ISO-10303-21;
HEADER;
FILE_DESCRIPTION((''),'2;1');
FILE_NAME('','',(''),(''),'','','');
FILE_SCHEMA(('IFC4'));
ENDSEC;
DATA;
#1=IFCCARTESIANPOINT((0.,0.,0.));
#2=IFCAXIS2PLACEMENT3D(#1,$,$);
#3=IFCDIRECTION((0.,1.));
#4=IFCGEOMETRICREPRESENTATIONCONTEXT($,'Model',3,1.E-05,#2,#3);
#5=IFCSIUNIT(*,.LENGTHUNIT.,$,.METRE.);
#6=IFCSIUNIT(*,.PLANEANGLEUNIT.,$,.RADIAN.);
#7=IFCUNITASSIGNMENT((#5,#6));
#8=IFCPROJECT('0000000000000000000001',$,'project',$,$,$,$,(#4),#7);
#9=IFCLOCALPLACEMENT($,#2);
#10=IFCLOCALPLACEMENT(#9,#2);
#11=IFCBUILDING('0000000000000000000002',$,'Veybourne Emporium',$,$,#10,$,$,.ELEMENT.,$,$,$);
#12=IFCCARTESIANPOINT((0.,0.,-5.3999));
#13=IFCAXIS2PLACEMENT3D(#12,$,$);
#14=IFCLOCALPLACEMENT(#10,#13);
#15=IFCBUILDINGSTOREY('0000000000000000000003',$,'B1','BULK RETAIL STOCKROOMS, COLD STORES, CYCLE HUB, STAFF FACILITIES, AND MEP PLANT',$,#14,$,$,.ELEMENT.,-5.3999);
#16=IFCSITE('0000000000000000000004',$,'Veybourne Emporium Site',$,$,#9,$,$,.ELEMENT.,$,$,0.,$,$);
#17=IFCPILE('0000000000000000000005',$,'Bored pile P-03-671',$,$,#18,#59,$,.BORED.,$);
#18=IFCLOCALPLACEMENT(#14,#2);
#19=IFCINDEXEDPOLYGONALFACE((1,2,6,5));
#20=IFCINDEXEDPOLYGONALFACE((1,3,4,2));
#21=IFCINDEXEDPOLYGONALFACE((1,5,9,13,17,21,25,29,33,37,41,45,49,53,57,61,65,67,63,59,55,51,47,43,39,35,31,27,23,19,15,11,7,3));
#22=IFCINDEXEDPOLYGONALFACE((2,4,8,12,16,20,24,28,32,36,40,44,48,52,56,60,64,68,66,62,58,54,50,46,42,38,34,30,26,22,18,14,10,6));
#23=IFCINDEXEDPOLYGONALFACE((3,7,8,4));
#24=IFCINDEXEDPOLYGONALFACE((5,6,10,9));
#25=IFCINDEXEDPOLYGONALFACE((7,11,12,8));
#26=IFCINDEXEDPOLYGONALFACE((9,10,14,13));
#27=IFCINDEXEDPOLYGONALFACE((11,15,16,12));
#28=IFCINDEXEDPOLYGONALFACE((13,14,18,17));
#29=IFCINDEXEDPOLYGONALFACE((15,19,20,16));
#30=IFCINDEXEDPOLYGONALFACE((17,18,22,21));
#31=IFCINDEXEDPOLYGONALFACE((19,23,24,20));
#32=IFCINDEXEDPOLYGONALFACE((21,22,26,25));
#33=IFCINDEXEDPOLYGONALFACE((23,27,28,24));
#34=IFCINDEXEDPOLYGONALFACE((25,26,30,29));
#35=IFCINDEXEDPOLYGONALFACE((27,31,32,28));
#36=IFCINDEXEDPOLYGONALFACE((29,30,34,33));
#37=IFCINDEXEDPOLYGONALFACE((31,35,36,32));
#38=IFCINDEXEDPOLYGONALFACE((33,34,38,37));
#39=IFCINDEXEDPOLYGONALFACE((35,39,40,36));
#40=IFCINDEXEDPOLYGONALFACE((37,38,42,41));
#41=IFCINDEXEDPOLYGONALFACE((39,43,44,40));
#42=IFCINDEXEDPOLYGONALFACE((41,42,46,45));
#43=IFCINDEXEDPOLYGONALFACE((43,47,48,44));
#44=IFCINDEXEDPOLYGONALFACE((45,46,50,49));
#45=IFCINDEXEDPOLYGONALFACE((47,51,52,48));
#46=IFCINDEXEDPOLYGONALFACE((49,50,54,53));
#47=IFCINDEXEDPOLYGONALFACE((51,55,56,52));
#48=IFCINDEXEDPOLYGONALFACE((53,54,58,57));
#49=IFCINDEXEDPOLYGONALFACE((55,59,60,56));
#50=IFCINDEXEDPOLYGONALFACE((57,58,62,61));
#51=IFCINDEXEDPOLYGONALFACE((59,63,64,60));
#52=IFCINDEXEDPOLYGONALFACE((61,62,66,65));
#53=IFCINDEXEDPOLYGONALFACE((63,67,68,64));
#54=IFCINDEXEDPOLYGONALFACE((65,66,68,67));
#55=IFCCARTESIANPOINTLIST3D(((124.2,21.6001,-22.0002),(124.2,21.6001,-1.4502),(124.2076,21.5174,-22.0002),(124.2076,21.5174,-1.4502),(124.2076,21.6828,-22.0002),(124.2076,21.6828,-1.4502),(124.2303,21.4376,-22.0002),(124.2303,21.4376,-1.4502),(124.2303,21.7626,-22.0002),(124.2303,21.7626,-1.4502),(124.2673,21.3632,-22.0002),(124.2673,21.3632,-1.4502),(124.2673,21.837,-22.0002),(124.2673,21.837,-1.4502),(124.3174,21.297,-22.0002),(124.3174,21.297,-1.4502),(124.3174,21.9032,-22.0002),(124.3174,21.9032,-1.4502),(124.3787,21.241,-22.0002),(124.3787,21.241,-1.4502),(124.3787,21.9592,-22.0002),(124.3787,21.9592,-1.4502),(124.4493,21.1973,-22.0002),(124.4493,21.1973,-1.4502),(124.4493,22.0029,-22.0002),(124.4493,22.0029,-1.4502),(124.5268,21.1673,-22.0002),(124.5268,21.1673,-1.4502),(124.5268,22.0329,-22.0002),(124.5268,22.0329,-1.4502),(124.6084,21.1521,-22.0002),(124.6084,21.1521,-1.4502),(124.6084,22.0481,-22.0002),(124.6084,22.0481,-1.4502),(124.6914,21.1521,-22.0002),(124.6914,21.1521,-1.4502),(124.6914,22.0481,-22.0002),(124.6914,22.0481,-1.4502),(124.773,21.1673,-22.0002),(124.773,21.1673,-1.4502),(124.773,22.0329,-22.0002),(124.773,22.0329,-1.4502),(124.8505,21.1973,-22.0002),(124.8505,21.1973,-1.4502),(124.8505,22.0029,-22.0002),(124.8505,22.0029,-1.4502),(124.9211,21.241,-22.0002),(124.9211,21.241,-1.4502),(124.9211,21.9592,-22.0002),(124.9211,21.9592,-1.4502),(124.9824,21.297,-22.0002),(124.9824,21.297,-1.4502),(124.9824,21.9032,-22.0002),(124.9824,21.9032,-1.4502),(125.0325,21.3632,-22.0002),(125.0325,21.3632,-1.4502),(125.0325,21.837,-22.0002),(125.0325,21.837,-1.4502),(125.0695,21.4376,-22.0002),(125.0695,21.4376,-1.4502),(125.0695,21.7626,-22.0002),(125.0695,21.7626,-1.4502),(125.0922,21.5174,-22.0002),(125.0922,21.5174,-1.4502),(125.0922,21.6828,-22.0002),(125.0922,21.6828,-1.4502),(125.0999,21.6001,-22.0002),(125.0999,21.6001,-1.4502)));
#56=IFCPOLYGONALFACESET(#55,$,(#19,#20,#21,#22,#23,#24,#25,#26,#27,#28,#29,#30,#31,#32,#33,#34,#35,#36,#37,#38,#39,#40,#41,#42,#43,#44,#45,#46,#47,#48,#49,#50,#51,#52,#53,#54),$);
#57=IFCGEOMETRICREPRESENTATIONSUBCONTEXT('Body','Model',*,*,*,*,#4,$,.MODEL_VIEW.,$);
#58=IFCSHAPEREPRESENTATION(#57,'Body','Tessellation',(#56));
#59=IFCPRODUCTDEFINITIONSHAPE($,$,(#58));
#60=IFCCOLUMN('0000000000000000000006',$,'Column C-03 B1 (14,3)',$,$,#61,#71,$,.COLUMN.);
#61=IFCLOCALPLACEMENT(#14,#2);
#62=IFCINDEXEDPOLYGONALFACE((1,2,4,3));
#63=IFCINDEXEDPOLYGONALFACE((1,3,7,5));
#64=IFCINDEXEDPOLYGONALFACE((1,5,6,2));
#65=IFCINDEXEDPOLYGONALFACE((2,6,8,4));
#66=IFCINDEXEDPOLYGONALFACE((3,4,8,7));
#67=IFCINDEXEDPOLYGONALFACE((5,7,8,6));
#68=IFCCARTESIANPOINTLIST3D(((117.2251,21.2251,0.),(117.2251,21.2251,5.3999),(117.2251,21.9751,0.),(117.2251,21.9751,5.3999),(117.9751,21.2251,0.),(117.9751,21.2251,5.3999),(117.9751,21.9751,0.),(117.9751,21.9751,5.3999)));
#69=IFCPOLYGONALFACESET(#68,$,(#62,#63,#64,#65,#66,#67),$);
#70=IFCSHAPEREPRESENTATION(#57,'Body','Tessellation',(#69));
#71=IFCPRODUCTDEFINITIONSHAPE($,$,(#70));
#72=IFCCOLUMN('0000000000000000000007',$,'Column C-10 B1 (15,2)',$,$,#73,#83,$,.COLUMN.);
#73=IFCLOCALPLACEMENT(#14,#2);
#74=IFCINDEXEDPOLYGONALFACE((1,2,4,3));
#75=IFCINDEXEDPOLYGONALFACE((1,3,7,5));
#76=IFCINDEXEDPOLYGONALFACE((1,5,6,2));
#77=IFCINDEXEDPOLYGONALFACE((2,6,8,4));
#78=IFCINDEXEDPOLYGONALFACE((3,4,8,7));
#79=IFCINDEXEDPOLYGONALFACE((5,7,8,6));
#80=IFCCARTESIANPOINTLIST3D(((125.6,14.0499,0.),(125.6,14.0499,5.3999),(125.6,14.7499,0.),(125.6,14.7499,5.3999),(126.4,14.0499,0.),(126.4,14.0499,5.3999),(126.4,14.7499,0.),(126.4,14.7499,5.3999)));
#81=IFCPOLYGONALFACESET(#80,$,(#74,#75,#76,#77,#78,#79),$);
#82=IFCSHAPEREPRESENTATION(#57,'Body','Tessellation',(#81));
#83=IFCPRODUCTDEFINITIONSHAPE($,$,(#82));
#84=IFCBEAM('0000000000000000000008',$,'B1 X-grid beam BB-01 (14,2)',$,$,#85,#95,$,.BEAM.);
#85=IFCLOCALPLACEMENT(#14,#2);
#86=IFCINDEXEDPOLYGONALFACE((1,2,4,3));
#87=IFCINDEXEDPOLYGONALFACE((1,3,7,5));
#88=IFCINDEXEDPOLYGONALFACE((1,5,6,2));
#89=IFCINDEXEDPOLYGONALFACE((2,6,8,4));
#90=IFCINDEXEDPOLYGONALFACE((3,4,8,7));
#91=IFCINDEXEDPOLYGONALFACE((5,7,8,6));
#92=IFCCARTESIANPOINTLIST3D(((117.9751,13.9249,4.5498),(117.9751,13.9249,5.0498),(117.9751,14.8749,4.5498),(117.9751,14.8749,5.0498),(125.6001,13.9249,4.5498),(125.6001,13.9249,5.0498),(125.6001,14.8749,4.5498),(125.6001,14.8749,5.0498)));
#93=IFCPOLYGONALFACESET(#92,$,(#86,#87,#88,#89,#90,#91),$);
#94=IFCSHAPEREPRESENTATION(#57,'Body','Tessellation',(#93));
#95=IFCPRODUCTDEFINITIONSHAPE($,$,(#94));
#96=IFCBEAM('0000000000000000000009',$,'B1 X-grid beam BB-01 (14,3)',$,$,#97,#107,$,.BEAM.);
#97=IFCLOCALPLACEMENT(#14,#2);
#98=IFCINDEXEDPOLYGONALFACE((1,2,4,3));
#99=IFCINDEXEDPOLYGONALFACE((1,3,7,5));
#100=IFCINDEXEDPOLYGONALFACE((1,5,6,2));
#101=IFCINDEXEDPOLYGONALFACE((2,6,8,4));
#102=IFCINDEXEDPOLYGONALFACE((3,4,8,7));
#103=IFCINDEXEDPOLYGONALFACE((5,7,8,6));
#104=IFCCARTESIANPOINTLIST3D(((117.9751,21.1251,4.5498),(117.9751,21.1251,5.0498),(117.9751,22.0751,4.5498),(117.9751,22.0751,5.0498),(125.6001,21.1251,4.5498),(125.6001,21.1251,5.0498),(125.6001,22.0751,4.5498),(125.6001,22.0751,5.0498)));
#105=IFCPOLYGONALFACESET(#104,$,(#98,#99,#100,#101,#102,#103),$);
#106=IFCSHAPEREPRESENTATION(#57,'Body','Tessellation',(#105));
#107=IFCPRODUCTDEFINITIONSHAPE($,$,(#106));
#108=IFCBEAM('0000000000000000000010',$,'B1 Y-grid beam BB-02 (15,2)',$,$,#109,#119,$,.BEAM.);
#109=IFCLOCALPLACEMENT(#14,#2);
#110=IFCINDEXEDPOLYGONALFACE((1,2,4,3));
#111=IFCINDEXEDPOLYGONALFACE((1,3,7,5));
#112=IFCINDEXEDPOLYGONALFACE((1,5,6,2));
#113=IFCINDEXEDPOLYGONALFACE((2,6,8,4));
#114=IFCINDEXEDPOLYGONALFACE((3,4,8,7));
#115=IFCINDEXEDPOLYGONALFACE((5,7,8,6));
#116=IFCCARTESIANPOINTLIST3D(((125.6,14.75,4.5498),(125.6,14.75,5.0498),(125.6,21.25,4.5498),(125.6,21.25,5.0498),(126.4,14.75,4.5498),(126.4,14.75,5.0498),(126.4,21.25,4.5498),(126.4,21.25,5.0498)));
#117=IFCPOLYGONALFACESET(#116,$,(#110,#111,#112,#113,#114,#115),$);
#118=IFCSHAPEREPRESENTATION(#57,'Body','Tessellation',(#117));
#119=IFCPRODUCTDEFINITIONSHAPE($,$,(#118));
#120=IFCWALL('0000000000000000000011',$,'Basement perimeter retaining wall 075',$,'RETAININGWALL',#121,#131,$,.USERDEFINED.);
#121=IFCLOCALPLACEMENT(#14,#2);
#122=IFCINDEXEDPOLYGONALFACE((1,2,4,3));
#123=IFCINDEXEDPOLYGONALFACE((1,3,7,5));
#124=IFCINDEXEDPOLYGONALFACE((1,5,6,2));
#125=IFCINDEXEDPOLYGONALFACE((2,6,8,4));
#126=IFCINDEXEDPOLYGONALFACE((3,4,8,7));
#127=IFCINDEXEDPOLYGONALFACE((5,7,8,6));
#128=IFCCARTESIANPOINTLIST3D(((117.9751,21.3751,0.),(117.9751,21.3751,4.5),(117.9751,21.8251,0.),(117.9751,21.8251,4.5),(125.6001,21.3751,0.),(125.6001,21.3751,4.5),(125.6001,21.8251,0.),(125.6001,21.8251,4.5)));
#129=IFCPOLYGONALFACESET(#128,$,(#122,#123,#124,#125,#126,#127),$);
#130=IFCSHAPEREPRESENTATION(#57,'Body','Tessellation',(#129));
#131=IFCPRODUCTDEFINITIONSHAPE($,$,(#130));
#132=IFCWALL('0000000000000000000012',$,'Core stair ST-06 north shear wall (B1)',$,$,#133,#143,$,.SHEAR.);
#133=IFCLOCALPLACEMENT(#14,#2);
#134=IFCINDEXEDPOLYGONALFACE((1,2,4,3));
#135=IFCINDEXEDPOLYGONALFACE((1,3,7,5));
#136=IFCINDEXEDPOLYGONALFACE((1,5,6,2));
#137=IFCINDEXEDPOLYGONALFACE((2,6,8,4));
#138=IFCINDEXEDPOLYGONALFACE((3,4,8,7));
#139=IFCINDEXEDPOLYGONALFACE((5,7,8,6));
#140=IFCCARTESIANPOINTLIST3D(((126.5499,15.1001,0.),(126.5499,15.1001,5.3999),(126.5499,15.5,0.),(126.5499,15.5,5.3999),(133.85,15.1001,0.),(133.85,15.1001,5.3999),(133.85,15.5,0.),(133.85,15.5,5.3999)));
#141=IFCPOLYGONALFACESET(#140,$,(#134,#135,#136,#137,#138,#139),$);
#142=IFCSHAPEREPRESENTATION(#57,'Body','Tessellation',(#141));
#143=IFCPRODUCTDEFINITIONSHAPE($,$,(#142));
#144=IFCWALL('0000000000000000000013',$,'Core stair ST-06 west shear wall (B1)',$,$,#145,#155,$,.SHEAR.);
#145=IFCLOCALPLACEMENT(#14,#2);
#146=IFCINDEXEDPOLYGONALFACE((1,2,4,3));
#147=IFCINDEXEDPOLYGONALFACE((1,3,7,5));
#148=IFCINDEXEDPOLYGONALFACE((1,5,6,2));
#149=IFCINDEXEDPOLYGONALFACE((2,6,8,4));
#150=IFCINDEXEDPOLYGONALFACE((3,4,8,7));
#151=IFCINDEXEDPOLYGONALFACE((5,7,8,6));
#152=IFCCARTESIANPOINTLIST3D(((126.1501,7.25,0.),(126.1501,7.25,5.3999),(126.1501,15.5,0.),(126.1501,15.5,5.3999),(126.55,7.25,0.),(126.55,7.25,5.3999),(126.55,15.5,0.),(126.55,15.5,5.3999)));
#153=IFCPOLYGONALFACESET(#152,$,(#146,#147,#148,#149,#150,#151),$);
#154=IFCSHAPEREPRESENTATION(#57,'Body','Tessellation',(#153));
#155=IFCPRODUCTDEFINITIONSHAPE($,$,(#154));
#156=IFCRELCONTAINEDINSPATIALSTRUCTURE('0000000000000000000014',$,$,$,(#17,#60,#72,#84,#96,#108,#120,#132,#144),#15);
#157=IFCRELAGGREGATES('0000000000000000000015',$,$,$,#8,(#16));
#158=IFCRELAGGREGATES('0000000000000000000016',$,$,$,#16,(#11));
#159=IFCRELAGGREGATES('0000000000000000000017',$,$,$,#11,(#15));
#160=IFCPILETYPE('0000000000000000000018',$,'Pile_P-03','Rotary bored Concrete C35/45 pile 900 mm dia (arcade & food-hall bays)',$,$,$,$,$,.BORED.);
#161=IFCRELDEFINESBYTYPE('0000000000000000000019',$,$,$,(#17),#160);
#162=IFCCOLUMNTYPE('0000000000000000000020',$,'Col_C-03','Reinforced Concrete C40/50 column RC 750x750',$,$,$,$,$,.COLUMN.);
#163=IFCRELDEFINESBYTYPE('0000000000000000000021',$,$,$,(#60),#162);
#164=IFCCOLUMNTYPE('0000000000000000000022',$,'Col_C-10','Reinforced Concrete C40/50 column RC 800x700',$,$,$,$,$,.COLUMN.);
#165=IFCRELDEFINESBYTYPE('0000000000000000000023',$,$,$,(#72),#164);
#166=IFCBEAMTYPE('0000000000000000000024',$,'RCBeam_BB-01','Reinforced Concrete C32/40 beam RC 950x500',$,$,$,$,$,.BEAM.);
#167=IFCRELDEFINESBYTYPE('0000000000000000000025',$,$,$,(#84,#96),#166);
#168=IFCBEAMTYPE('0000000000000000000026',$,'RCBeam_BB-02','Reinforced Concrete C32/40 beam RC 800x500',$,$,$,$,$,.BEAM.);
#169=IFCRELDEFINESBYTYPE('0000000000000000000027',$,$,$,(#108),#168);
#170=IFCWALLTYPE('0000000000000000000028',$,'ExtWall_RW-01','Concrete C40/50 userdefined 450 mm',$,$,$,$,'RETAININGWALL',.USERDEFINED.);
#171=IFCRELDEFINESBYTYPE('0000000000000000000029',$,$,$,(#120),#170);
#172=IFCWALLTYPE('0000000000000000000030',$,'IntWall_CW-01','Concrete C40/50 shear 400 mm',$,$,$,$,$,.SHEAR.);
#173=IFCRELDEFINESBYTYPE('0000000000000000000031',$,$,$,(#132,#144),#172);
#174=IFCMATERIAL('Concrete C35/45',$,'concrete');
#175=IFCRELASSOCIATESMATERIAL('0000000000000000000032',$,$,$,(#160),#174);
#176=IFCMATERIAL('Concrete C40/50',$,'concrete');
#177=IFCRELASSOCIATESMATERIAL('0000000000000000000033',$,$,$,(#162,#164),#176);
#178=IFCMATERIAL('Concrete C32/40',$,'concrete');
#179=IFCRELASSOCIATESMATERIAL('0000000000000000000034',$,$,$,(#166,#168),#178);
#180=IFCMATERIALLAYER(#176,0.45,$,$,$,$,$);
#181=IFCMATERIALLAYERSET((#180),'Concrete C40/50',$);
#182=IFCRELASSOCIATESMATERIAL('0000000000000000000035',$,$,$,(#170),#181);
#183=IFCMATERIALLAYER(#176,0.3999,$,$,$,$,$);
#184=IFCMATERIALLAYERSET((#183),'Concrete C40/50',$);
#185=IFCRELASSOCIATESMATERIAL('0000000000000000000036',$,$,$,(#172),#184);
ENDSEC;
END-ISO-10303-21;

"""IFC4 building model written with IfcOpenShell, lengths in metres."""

from ifc_helpers import new_model, si_unit, direction, frame, frame_2d, origin, origin_2d, place, context, subcontext, project, spatial, rectangle, circle, extrude, material, layer, layer_set, material_profile, profile_set, type_object, element, save


model = new_model("IFC4")

# Units and contexts
model_context = context("Model", 3, precision=1e-05, world=origin(), true_north=direction((0.0, 1.0)))
body_context = subcontext(model_context, "Body", "Model", "MODEL_VIEW")
ifc_project = project(units=[si_unit("LENGTHUNIT", "METRE"), si_unit("PLANEANGLEUNIT", "RADIAN")], contexts=[model_context])

# Site, building, storey
site_placement = place(None, origin())
site = spatial("IfcSite", under=ifc_project, at=site_placement, Name="Veybourne Emporium Site", CompositionType="ELEMENT", RefElevation=0.0)
building_placement = place(site_placement, origin())
building = spatial("IfcBuilding", under=site, at=building_placement, Name="Veybourne Emporium", CompositionType="ELEMENT")
storey_placement = place(building_placement, frame((0.0, 0.0, -5.3999)))
storey = spatial("IfcBuildingStorey", under=building, at=storey_placement, Name="B1", Description="BULK RETAIL STOCKROOMS, COLD STORES, CYCLE HUB, STAFF FACILITIES, AND MEP PLANT", CompositionType="ELEMENT", Elevation=-5.3999)

# Shared definitions
ifc_material_1 = material(Name="Concrete C35/45", Category="concrete")

# Pile
ifc_material_profile_1 = material_profile(ifc_material_1, circle(Radius=0.45, at=origin_2d()), Name="BORED PILE 900")
ifc_profile_set_1 = profile_set([ifc_material_profile_1], Name="Concrete C35/45")
pile_type = type_object("IfcPileType", Name="Pile_P-03", Description="Rotary bored Concrete C35/45 pile 900 mm dia (arcade & food-hall bays)", PredefinedType="BORED", material=ifc_profile_set_1)
for number, where, z_axis, x_axis, name in (
    (1, (124.6499, 21.6001, -1.4502), (0.0, 0.0, -1.0), (1.0, 0.0, 0.0), "Bored pile P-03-671"),
):
    element("IfcPile", number, at=place(storey_placement, frame(where, z_axis=z_axis, x_axis=x_axis)), inside=storey, type_object=pile_type, Name=name, PredefinedType="BORED", context=body_context, shape_type="SweptSolid", body=[
        extrude(circle(Radius=0.45, at=origin_2d()), origin(), (0.0, 0.0, 1.0), 20.55),
    ])

# Columns
ifc_material_2 = material(Name="Concrete C40/50", Category="concrete")
ifc_material_profile_2 = material_profile(ifc_material_2, rectangle(XDim=0.75, YDim=0.75, at=origin_2d()), Name="RC 750x750")
ifc_profile_set_2 = profile_set([ifc_material_profile_2], Name="Concrete C40/50")
column_type_1 = type_object("IfcColumnType", Name="Col_C-03", Description="Reinforced Concrete C40/50 column RC 750x750", PredefinedType="COLUMN", material=ifc_profile_set_2)
column_1_placement = place(storey_placement, frame((117.6001, 21.6001, 0.0), z_axis=(0.0, 0.0, 1.0), x_axis=(1.0, 0.0, 0.0)))
element("IfcColumn", 2, at=column_1_placement, inside=storey, type_object=column_type_1, Name="Column C-03 B1 (14,3)", PredefinedType="COLUMN", context=body_context, shape_type="SweptSolid", body=[
    extrude(rectangle(XDim=0.75, YDim=0.75, at=origin_2d()), origin(), (0.0, 0.0, 1.0), 5.3999),
])
ifc_material_profile_3 = material_profile(ifc_material_2, rectangle(XDim=0.8, YDim=0.7, at=origin_2d()), Name="RC 800x700")
ifc_profile_set_3 = profile_set([ifc_material_profile_3], Name="Concrete C40/50")
column_type_2 = type_object("IfcColumnType", Name="Col_C-10", Description="Reinforced Concrete C40/50 column RC 800x700", PredefinedType="COLUMN", material=ifc_profile_set_3)
column_2_placement = place(storey_placement, frame((126.0, 14.3999, 0.0), z_axis=(0.0, 0.0, 1.0), x_axis=(1.0, 0.0, 0.0)))
element("IfcColumn", 3, at=column_2_placement, inside=storey, type_object=column_type_2, Name="Column C-10 B1 (15,2)", PredefinedType="COLUMN", context=body_context, shape_type="SweptSolid", body=[
    extrude(rectangle(XDim=0.8, YDim=0.7, at=origin_2d()), origin(), (0.0, 0.0, 1.0), 5.3999),
])

# Beams
ifc_material_3 = material(Name="Concrete C32/40", Category="concrete")
ifc_material_profile_4 = material_profile(ifc_material_3, rectangle(XDim=0.95, YDim=0.5, at=origin_2d()), Name="RC 950x500")
ifc_profile_set_4 = profile_set([ifc_material_profile_4], Name="Concrete C32/40")
beam_type_1 = type_object("IfcBeamType", Name="RCBeam_BB-01", Description="Reinforced Concrete C32/40 beam RC 950x500", PredefinedType="BEAM", material=ifc_profile_set_4)
for number, where, z_axis, x_axis, name in (
    (4, (117.9751, 14.3999, 4.7998), (1.0, 0.0, 0.0), (0.0, 1.0, 0.0), "B1 X-grid beam BB-01 (14,2)"),
    (5, (117.9751, 21.6001, 4.7998), (1.0, 0.0, 0.0), (0.0, 1.0, 0.0), "B1 X-grid beam BB-01 (14,3)"),
):
    element("IfcBeam", number, at=place(storey_placement, frame(where, z_axis=z_axis, x_axis=x_axis)), inside=storey, type_object=beam_type_1, Name=name, PredefinedType="BEAM", context=body_context, shape_type="SweptSolid", body=[
        extrude(rectangle(XDim=0.95, YDim=0.5, at=origin_2d()), origin(), (0.0, 0.0, 1.0), 7.625),
    ])
ifc_material_profile_5 = material_profile(ifc_material_3, rectangle(XDim=0.8, YDim=0.5, at=origin_2d()), Name="RC 800x500")
ifc_profile_set_5 = profile_set([ifc_material_profile_5], Name="Concrete C32/40")
beam_type_2 = type_object("IfcBeamType", Name="RCBeam_BB-02", Description="Reinforced Concrete C32/40 beam RC 800x500", PredefinedType="BEAM", material=ifc_profile_set_5)
beam_placement = place(storey_placement, frame((126.0, 14.75, 4.7998), z_axis=(0.0, 1.0, 0.0), x_axis=(-1.0, 0.0, 0.0)))
element("IfcBeam", 6, at=beam_placement, inside=storey, type_object=beam_type_2, Name="B1 Y-grid beam BB-02 (15,2)", PredefinedType="BEAM", context=body_context, shape_type="SweptSolid", body=[
    extrude(rectangle(XDim=0.8, YDim=0.5, at=origin_2d()), origin(), (0.0, 0.0, 1.0), 6.5),
])

# Walls
ifc_layer_1 = layer(ifc_material_2, 0.45)
ifc_layer_set_1 = layer_set([ifc_layer_1], Name="Concrete C40/50")
wall_type_1 = type_object("IfcWallType", Name="ExtWall_RW-01", Description="Concrete C40/50 userdefined 450 mm", ElementType="RETAININGWALL", PredefinedType="USERDEFINED", material=ifc_layer_set_1)
wall_1_placement = place(storey_placement, frame((117.9751, 21.6001, 0.0), z_axis=(0.0, 0.0, 1.0), x_axis=(1.0, 0.0, 0.0)))
element("IfcWall", 7, at=wall_1_placement, inside=storey, type_object=wall_type_1, Name="Basement perimeter retaining wall 075", ObjectType="RETAININGWALL", PredefinedType="USERDEFINED", context=body_context, shape_type="SweptSolid", body=[
    extrude(rectangle(XDim=7.625, YDim=0.45, at=frame_2d((3.8125, 0.0))), origin(), (0.0, 0.0, 1.0), 4.5),
])
ifc_layer_2 = layer(ifc_material_2, 0.3999)
ifc_layer_set_2 = layer_set([ifc_layer_2], Name="Concrete C40/50")
wall_type_2 = type_object("IfcWallType", Name="IntWall_CW-01", Description="Concrete C40/50 shear 400 mm", PredefinedType="SHEAR", material=ifc_layer_set_2)
wall_2_placement = place(storey_placement, frame((126.55, 15.3, 0.0), z_axis=(0.0, 0.0, 1.0), x_axis=(1.0, 0.0, 0.0)))
element("IfcWall", 8, at=wall_2_placement, inside=storey, type_object=wall_type_2, Name="Core stair ST-06 north shear wall (B1)", PredefinedType="SHEAR", context=body_context, shape_type="SweptSolid", body=[
    extrude(rectangle(XDim=7.3, YDim=0.3999, at=frame_2d((3.6499, 0.0))), origin(), (0.0, 0.0, 1.0), 5.3999),
])
wall_3_placement = place(storey_placement, frame((126.3501, 15.5, 0.0), z_axis=(0.0, 0.0, 1.0), x_axis=(0.0, -1.0, 0.0)))
element("IfcWall", 9, at=wall_3_placement, inside=storey, type_object=wall_type_2, Name="Core stair ST-06 west shear wall (B1)", PredefinedType="SHEAR", context=body_context, shape_type="SweptSolid", body=[
    extrude(rectangle(XDim=8.25, YDim=0.3999, at=frame_2d((4.125, 0.0))), origin(), (0.0, 0.0, 1.0), 5.3999),
])

save(model, "model.ifc")
